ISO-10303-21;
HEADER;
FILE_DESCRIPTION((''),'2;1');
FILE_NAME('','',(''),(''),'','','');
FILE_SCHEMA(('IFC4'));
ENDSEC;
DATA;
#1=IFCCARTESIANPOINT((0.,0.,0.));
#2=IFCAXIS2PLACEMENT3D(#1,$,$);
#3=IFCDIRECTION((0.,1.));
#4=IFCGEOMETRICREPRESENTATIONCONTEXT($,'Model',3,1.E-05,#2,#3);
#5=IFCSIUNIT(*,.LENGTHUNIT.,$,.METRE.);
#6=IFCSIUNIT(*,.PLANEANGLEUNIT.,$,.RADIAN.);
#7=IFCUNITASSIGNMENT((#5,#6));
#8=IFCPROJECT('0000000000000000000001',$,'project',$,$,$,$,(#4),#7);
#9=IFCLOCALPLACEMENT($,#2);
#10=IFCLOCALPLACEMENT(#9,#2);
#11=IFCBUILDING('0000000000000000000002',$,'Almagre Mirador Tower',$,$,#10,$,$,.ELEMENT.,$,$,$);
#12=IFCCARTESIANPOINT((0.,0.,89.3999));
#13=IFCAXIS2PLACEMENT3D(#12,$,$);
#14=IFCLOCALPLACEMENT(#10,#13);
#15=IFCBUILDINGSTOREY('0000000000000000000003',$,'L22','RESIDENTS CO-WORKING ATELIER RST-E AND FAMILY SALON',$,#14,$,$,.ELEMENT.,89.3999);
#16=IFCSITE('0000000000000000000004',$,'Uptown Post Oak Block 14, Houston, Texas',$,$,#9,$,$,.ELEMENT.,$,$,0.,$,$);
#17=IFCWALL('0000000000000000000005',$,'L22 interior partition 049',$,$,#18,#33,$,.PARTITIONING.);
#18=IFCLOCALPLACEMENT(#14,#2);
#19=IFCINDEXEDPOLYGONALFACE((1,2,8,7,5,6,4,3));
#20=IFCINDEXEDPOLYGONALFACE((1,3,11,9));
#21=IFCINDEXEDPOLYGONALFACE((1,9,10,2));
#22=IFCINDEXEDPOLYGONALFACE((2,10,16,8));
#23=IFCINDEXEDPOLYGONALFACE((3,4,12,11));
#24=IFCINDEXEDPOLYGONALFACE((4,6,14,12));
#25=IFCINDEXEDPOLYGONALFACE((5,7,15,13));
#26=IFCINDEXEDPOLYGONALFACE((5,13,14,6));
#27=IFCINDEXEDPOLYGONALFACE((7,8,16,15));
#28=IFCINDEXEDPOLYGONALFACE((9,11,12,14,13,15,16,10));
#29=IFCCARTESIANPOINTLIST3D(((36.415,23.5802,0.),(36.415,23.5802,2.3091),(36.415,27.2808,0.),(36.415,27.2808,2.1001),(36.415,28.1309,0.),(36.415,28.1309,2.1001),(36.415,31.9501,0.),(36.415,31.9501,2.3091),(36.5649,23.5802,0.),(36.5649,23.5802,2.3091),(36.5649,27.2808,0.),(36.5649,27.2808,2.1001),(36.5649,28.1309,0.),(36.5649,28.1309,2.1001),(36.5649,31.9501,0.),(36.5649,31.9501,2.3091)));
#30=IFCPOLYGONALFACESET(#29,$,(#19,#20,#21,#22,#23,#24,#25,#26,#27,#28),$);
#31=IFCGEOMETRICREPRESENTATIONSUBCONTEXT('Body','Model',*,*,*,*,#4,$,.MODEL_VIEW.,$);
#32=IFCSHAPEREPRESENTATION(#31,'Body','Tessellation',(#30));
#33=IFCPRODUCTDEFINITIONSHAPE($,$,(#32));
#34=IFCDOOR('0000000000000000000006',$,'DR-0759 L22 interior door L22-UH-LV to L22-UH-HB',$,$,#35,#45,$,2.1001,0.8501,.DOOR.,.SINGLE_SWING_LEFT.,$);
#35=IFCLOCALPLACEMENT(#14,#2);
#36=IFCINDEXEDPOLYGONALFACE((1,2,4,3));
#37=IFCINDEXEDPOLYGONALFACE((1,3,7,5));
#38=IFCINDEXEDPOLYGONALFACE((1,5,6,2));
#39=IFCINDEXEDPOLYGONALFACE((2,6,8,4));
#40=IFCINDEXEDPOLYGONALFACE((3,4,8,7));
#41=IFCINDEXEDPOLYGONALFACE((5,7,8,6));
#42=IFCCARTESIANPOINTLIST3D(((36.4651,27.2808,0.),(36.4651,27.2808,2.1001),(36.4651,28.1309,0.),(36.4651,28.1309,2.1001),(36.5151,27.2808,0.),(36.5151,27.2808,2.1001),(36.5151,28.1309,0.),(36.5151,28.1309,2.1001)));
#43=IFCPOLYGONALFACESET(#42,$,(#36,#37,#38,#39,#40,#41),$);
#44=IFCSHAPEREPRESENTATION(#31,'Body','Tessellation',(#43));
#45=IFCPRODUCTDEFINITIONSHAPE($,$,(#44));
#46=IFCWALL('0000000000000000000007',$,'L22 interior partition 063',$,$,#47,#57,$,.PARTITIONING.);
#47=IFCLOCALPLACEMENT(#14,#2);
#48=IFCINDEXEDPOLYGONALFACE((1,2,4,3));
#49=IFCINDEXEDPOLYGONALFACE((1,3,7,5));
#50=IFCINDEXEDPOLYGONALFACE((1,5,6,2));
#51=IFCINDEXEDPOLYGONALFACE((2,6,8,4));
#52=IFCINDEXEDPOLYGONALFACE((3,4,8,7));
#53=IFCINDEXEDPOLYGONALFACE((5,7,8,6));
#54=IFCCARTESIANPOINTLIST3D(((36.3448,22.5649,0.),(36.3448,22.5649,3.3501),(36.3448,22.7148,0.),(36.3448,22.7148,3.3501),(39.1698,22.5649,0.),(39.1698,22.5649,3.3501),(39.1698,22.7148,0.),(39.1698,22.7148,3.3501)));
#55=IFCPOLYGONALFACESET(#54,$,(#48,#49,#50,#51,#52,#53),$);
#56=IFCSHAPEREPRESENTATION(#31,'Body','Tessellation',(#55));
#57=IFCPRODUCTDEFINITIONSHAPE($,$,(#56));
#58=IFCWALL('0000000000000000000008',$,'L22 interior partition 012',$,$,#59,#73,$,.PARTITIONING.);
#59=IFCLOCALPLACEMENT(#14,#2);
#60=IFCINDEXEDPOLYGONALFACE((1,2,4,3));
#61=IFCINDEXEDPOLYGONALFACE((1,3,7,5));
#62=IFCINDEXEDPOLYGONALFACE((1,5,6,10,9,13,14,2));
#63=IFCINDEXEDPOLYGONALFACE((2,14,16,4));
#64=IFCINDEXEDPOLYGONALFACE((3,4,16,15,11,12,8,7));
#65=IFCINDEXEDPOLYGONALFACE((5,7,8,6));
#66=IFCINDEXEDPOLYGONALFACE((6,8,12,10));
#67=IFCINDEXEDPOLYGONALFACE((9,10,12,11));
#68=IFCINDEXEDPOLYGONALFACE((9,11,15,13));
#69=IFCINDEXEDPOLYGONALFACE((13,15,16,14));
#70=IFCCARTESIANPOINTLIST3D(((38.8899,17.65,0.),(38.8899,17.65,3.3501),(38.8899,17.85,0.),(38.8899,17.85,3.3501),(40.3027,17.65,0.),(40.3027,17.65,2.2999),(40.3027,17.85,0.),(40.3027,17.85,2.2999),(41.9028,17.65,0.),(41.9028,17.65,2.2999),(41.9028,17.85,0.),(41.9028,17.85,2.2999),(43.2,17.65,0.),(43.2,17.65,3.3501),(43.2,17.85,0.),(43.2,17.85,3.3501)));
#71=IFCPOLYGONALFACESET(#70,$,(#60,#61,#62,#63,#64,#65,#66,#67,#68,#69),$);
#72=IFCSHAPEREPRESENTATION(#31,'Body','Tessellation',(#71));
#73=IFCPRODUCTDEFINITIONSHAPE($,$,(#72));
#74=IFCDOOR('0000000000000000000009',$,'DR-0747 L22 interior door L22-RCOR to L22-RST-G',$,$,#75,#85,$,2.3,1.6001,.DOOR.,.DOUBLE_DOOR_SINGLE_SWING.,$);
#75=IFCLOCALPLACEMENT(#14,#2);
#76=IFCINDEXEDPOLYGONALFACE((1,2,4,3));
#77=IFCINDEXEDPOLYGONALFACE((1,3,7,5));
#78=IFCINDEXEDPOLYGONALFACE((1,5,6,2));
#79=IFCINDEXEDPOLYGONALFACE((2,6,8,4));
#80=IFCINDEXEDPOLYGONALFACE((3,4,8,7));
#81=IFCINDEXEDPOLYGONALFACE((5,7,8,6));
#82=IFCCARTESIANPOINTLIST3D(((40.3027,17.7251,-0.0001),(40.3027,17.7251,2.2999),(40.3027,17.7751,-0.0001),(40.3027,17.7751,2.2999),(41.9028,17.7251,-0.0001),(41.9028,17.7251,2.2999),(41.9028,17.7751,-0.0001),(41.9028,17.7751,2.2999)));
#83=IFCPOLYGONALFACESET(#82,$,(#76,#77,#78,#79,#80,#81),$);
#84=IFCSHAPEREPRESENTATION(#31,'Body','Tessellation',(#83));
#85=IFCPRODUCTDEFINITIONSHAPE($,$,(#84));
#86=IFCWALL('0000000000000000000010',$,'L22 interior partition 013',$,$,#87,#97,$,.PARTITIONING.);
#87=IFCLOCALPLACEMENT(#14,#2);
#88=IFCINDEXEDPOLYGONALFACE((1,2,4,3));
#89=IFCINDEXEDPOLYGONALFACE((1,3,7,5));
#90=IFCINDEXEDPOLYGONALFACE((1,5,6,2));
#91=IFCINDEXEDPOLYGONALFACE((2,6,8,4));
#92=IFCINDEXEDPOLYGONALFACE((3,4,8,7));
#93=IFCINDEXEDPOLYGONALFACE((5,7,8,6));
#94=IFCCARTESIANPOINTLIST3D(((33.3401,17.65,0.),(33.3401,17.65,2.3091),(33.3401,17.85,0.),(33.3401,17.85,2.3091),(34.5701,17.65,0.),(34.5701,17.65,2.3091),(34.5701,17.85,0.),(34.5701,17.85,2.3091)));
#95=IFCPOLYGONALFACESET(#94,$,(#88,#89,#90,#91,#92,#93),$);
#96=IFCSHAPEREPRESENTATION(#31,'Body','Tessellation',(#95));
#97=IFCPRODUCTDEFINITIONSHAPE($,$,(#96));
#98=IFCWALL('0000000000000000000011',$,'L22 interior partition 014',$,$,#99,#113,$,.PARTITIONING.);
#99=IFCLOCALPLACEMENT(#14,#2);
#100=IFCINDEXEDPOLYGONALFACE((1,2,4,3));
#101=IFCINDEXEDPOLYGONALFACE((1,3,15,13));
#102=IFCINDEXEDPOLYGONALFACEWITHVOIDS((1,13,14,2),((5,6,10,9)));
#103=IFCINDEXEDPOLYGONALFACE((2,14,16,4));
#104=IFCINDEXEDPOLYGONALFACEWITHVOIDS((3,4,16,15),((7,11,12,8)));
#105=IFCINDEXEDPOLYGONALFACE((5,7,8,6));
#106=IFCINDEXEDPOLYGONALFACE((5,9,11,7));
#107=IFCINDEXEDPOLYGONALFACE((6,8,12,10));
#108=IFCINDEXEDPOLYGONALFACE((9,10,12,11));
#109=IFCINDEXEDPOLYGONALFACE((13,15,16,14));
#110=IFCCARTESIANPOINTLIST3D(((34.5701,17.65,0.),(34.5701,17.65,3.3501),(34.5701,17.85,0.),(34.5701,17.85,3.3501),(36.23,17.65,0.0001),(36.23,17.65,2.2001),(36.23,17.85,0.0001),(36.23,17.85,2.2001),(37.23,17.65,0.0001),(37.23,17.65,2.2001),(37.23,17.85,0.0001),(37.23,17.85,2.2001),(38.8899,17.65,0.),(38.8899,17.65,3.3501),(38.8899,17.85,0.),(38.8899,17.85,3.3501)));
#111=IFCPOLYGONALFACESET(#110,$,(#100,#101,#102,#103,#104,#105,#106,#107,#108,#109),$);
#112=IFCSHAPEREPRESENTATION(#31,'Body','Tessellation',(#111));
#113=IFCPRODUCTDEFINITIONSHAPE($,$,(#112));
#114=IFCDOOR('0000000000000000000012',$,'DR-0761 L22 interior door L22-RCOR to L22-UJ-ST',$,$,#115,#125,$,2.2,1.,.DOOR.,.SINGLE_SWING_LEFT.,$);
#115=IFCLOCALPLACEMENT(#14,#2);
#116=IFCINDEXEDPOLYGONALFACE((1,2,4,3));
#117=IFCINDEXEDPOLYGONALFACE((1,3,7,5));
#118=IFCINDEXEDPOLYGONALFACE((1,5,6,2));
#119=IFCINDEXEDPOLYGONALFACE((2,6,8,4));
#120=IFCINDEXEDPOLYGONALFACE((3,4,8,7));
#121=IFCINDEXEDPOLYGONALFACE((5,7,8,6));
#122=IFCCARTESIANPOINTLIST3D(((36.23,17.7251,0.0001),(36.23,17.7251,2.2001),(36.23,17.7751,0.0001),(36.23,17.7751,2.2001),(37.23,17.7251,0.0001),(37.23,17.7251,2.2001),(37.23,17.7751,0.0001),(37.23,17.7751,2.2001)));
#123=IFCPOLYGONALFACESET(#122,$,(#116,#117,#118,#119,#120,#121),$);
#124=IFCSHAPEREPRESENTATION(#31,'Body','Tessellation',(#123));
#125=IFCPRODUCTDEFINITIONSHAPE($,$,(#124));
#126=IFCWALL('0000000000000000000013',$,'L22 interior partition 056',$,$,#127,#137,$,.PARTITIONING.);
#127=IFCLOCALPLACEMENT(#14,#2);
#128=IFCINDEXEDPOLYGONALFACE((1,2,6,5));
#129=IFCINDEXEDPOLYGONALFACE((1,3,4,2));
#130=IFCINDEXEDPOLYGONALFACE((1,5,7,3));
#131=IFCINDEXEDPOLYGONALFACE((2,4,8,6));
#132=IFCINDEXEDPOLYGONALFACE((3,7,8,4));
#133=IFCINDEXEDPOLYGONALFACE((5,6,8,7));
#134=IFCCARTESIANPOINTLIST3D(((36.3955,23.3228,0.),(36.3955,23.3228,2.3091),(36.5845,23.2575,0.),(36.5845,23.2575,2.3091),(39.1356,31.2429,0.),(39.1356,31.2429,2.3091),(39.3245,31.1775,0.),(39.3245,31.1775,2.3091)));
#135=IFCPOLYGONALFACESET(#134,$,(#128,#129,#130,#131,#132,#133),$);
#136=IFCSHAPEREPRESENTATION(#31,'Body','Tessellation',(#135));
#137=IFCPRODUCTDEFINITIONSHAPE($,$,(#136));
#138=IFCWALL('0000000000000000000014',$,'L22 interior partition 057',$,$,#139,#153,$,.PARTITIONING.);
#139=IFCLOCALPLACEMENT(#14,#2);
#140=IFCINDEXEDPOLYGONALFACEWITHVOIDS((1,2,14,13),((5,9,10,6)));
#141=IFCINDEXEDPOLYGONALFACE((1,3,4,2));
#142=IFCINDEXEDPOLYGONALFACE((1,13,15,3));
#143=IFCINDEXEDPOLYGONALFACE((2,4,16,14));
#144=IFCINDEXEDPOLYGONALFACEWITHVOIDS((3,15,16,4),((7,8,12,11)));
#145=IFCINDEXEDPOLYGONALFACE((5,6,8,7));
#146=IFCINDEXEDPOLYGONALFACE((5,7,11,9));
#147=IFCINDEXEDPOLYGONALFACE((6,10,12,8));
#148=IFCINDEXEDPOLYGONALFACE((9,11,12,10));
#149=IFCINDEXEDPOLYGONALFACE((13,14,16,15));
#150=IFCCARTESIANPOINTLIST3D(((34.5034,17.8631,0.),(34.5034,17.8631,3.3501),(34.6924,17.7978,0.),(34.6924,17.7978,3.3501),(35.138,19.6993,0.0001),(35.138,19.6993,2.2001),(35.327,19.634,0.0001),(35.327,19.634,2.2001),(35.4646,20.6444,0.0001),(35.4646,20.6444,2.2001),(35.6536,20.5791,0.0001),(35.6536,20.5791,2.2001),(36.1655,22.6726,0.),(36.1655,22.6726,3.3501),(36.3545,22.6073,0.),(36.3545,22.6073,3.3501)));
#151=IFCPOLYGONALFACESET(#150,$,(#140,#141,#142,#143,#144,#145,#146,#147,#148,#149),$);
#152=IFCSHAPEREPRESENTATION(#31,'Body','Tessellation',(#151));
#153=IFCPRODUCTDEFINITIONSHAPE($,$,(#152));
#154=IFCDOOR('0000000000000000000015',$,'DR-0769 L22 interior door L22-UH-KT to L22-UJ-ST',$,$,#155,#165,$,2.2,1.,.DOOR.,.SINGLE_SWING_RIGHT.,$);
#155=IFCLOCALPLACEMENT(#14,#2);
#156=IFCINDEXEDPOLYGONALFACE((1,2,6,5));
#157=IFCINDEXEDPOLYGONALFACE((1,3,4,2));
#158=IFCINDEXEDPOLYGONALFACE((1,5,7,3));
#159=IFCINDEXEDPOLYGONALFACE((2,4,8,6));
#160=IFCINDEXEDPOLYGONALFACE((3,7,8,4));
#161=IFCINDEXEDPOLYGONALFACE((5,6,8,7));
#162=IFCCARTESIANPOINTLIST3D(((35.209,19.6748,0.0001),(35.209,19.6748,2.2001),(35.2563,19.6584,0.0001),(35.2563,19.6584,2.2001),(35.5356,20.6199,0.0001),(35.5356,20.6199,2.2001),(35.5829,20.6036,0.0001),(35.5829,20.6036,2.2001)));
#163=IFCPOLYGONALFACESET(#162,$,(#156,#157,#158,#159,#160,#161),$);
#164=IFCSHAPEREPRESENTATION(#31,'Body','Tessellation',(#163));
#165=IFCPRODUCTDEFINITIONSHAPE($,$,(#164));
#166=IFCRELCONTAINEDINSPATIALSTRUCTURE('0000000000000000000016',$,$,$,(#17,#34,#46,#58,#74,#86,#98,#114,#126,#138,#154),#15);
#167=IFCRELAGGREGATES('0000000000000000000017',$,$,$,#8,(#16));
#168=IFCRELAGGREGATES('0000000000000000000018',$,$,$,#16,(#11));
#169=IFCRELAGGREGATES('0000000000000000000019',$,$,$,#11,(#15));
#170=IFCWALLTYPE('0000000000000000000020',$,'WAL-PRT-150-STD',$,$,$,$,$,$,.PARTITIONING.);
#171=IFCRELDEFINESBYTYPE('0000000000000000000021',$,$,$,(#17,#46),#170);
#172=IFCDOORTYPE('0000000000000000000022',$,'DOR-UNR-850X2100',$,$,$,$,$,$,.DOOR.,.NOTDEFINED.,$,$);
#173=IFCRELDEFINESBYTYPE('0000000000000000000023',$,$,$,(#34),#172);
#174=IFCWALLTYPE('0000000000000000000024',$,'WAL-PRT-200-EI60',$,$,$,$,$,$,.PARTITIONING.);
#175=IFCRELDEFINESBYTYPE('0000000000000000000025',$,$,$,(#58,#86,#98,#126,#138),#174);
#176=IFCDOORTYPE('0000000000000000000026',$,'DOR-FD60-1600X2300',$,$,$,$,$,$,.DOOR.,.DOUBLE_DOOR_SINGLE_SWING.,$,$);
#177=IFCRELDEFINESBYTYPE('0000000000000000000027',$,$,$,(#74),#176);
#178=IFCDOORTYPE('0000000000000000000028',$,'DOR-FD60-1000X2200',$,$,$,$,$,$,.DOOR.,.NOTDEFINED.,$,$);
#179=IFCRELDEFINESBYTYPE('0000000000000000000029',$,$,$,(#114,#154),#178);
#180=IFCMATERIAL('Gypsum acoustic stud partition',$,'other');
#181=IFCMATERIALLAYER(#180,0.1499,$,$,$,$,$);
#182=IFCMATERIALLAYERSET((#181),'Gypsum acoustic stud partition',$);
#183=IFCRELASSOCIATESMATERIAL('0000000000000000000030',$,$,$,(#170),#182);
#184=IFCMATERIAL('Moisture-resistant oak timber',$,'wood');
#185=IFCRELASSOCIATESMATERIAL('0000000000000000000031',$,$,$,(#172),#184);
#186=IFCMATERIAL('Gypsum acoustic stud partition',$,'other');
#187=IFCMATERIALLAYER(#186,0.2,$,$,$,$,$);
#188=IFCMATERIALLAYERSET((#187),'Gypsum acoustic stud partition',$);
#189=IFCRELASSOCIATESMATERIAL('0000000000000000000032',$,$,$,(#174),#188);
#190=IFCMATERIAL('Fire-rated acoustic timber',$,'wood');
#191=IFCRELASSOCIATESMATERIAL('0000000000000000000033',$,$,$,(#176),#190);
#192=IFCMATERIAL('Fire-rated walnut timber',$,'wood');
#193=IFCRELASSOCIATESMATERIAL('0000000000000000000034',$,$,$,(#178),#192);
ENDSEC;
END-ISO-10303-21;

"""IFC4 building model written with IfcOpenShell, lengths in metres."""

from ifc_helpers import new_model, si_unit, direction, frame, frame_2d, origin, place, context, subcontext, project, spatial, rectangle, extrude, material, layer, layer_set, type_object, element, fill, save


model = new_model("IFC4")

# Units and contexts
model_context = context("Model", 3, precision=1e-05, world=origin(), true_north=direction((0.0, 1.0)))
body_context = subcontext(model_context, "Body", "Model", "MODEL_VIEW")
ifc_project = project(units=[si_unit("LENGTHUNIT", "METRE"), si_unit("PLANEANGLEUNIT", "RADIAN")], contexts=[model_context])

# Site, building, storey
site_placement = place(None, origin())
site = spatial("IfcSite", under=ifc_project, at=site_placement, Name="Uptown Post Oak Block 14, Houston, Texas", CompositionType="ELEMENT", RefElevation=0.0)
building_placement = place(site_placement, origin())
building = spatial("IfcBuilding", under=site, at=building_placement, Name="Almagre Mirador Tower", CompositionType="ELEMENT")
storey_placement = place(building_placement, frame((0.0, 0.0, 89.3999)))
storey = spatial("IfcBuildingStorey", under=building, at=storey_placement, Name="L22", Description="RESIDENTS CO-WORKING ATELIER RST-E AND FAMILY SALON", CompositionType="ELEMENT", Elevation=89.3999)

# Wall, opening, door
ifc_material_1 = material(Name="Gypsum acoustic stud partition", Category="other")
ifc_layer_1 = layer(ifc_material_1, 0.1499)
ifc_layer_set_1 = layer_set([ifc_layer_1], Name="Gypsum acoustic stud partition")
wall_type_1 = type_object("IfcWallType", Name="WAL-PRT-150-STD", PredefinedType="PARTITIONING", material=ifc_layer_set_1)
wall_1_placement = place(storey_placement, frame((36.49, 23.5801, 0.0), z_axis=(0.0, 0.0, 1.0), x_axis=(0.0, 1.0, 0.0)))
wall_1 = element("IfcWall", 1, at=wall_1_placement, inside=storey, type_object=wall_type_1, Name="L22 interior partition 049", PredefinedType="PARTITIONING", context=body_context, shape_type="SweptSolid", body=[
    extrude(rectangle(XDim=8.3699, YDim=0.1499, at=frame_2d((4.1851, 0.0))), origin(), (0.0, 0.0, 1.0), 2.3091),
])
opening_1_placement = place(wall_1_placement, frame((3.7007, 0.0, 0.0)))
opening_1 = element("IfcOpeningElement", 2, at=opening_1_placement, cuts=wall_1, PredefinedType="OPENING", context=body_context, shape_type="SweptSolid", body=[
    extrude(rectangle(XDim=0.8501, YDim=2.1001, at=frame_2d((0.425, 1.05))), frame((0.0, 0.085, 0.0), z_axis=(0.0, -1.0, 0.0), x_axis=(1.0, 0.0, 0.0)), (0.0, 0.0, 1.0), 0.1699),
])
ifc_material_2 = material(Name="Moisture-resistant oak timber", Category="wood")
door_type_1 = type_object("IfcDoorType", Name="DOR-UNR-850X2100", OperationType="NOTDEFINED", PredefinedType="DOOR", material=ifc_material_2)
door_1_placement = place(opening_1_placement, origin())
door_1 = element("IfcDoor", 3, at=door_1_placement, inside=storey, type_object=door_type_1, Name="DR-0759 L22 interior door L22-UH-LV to L22-UH-HB", OperationType="SINGLE_SWING_LEFT", OverallHeight=2.1001, OverallWidth=0.8501, PredefinedType="DOOR", context=body_context, shape_type="SweptSolid", body=[
    extrude(rectangle(XDim=0.8501, YDim=2.1001, at=frame_2d((0.425, 1.05))), frame((0.0, 0.0249, 0.0), z_axis=(0.0, -1.0, 0.0), x_axis=(1.0, 0.0, 0.0)), (0.0, 0.0, 1.0), 0.05),
])
fill(opening_1, door_1)

# Wall
wall_2_placement = place(storey_placement, frame((39.1699, 22.6399, 0.0), z_axis=(0.0, 0.0, 1.0), x_axis=(-1.0, 0.0, 0.0)))
element("IfcWall", 4, at=wall_2_placement, inside=storey, type_object=wall_type_1, Name="L22 interior partition 063", PredefinedType="PARTITIONING", context=body_context, shape_type="SweptSolid", body=[
    extrude(rectangle(XDim=2.825, YDim=0.1499, at=frame_2d((1.4126, 0.0))), origin(), (0.0, 0.0, 1.0), 3.3501),
])

# Wall, opening, door
ifc_material_3 = material(Name="Gypsum acoustic stud partition", Category="other")
ifc_layer_2 = layer(ifc_material_3, 0.2)
ifc_layer_set_2 = layer_set([ifc_layer_2], Name="Gypsum acoustic stud partition")
wall_type_2 = type_object("IfcWallType", Name="WAL-PRT-200-EI60", PredefinedType="PARTITIONING", material=ifc_layer_set_2)
wall_3_placement = place(storey_placement, frame((43.2, 17.75, 0.0), z_axis=(0.0, 0.0, 1.0), x_axis=(-1.0, 0.0, 0.0)))
wall_3 = element("IfcWall", 5, at=wall_3_placement, inside=storey, type_object=wall_type_2, Name="L22 interior partition 012", PredefinedType="PARTITIONING", context=body_context, shape_type="SweptSolid", body=[
    extrude(rectangle(XDim=4.3101, YDim=0.2, at=frame_2d((2.155, 0.0))), origin(), (0.0, 0.0, 1.0), 3.3501),
])
opening_2_placement = place(wall_3_placement, frame((1.2971, 0.0, 0.0)))
opening_2 = element("IfcOpeningElement", 6, at=opening_2_placement, cuts=wall_3, PredefinedType="OPENING", context=body_context, shape_type="SweptSolid", body=[
    extrude(rectangle(XDim=1.6001, YDim=2.3, at=frame_2d((0.8, 1.1499))), frame((0.0, 0.1101, 0.0), z_axis=(0.0, -1.0, 0.0), x_axis=(1.0, 0.0, 0.0)), (0.0, 0.0, 1.0), 0.22),
])
ifc_material_4 = material(Name="Fire-rated acoustic timber", Category="wood")
door_type_2 = type_object("IfcDoorType", Name="DOR-FD60-1600X2300", OperationType="DOUBLE_DOOR_SINGLE_SWING", PredefinedType="DOOR", material=ifc_material_4)
door_2_placement = place(opening_2_placement, origin())
door_2 = element("IfcDoor", 7, at=door_2_placement, inside=storey, type_object=door_type_2, Name="DR-0747 L22 interior door L22-RCOR to L22-RST-G", OperationType="DOUBLE_DOOR_SINGLE_SWING", OverallHeight=2.3, OverallWidth=1.6001, PredefinedType="DOOR", context=body_context, shape_type="SweptSolid", body=[
    extrude(rectangle(XDim=1.6001, YDim=2.3, at=frame_2d((0.8, 1.1499))), frame((0.0, 0.0249, 0.0), z_axis=(0.0, -1.0, 0.0), x_axis=(1.0, 0.0, 0.0)), (0.0, 0.0, 1.0), 0.05),
])
fill(opening_2, door_2)

# Wall
wall_4_placement = place(storey_placement, frame((34.5701, 17.75, 0.0), z_axis=(0.0, 0.0, 1.0), x_axis=(-1.0, 0.0, 0.0)))
element("IfcWall", 8, at=wall_4_placement, inside=storey, type_object=wall_type_2, Name="L22 interior partition 013", PredefinedType="PARTITIONING", context=body_context, shape_type="SweptSolid", body=[
    extrude(rectangle(XDim=1.23, YDim=0.2, at=frame_2d((0.615, 0.0))), origin(), (0.0, 0.0, 1.0), 2.3091),
])

# Wall, opening, door
wall_5_placement = place(storey_placement, frame((38.8899, 17.75, 0.0), z_axis=(0.0, 0.0, 1.0), x_axis=(-1.0, 0.0, 0.0)))
wall_5 = element("IfcWall", 9, at=wall_5_placement, inside=storey, type_object=wall_type_2, Name="L22 interior partition 014", PredefinedType="PARTITIONING", context=body_context, shape_type="SweptSolid", body=[
    extrude(rectangle(XDim=4.3198, YDim=0.2, at=frame_2d((2.1599, 0.0))), origin(), (0.0, 0.0, 1.0), 3.3501),
])
opening_3_placement = place(wall_5_placement, frame((1.6599, 0.0, 0.0)))
opening_3 = element("IfcOpeningElement", 10, at=opening_3_placement, cuts=wall_5, PredefinedType="OPENING", context=body_context, shape_type="SweptSolid", body=[
    extrude(rectangle(XDim=1.0, YDim=2.2, at=frame_2d((0.5, 1.1001))), frame((0.0, 0.1101, 0.0), z_axis=(0.0, -1.0, 0.0), x_axis=(1.0, 0.0, 0.0)), (0.0, 0.0, 1.0), 0.22),
])
ifc_material_5 = material(Name="Fire-rated walnut timber", Category="wood")
door_type_3 = type_object("IfcDoorType", Name="DOR-FD60-1000X2200", OperationType="NOTDEFINED", PredefinedType="DOOR", material=ifc_material_5)
door_3_placement = place(opening_3_placement, origin())
door_3 = element("IfcDoor", 11, at=door_3_placement, inside=storey, type_object=door_type_3, Name="DR-0761 L22 interior door L22-RCOR to L22-UJ-ST", OperationType="SINGLE_SWING_LEFT", OverallHeight=2.2, OverallWidth=1.0, PredefinedType="DOOR", context=body_context, shape_type="SweptSolid", body=[
    extrude(rectangle(XDim=1.0, YDim=2.2, at=frame_2d((0.5, 1.1001))), frame((0.0, 0.0249, 0.0), z_axis=(0.0, -1.0, 0.0), x_axis=(1.0, 0.0, 0.0)), (0.0, 0.0, 1.0), 0.05),
])
fill(opening_3, door_3)

# Wall
wall_6_placement = place(storey_placement, frame((36.49, 23.29, 0.0), z_axis=(0.0, 0.0, 1.0), x_axis=(0.326948, 0.945042, 0.0)))
element("IfcWall", 12, at=wall_6_placement, inside=storey, type_object=wall_type_2, Name="L22 interior partition 056", PredefinedType="PARTITIONING", context=body_context, shape_type="SweptSolid", body=[
    extrude(rectangle(XDim=8.3806, YDim=0.2, at=frame_2d((4.1904, 0.0))), origin(), (0.0, 0.0, 1.0), 2.3091),
])

# Wall, opening, door
wall_7_placement = place(storey_placement, frame((34.5979, 17.8303, 0.0), z_axis=(0.0, 0.0, 1.0), x_axis=(0.326629, 0.945153, 0.0)))
wall_7 = element("IfcWall", 13, at=wall_7_placement, inside=storey, type_object=wall_type_2, Name="L22 interior partition 057", PredefinedType="PARTITIONING", context=body_context, shape_type="SweptSolid", body=[
    extrude(rectangle(XDim=5.0886, YDim=0.2, at=frame_2d((2.5444, 0.0))), origin(), (0.0, 0.0, 1.0), 3.3501),
])
opening_4_placement = place(wall_7_placement, frame((1.9429, 0.0, 0.0)))
opening_4 = element("IfcOpeningElement", 14, at=opening_4_placement, cuts=wall_7, PredefinedType="OPENING", context=body_context, shape_type="SweptSolid", body=[
    extrude(rectangle(XDim=1.0, YDim=2.2, at=frame_2d((0.5, 1.1001))), frame((0.0, 0.1101, 0.0), z_axis=(0.0, -1.0, 0.0), x_axis=(1.0, 0.0, 0.0)), (0.0, 0.0, 1.0), 0.22),
])
door_4_placement = place(opening_4_placement, origin())
door_4 = element("IfcDoor", 15, at=door_4_placement, inside=storey, type_object=door_type_3, Name="DR-0769 L22 interior door L22-UH-KT to L22-UJ-ST", OperationType="SINGLE_SWING_RIGHT", OverallHeight=2.2, OverallWidth=1.0, PredefinedType="DOOR", context=body_context, shape_type="SweptSolid", body=[
    extrude(rectangle(XDim=1.0, YDim=2.2, at=frame_2d((0.5, 1.1001))), frame((0.0, 0.0249, 0.0), z_axis=(0.0, -1.0, 0.0), x_axis=(1.0, 0.0, 0.0)), (0.0, 0.0, 1.0), 0.05),
])
fill(opening_4, door_4)

save(model, "model.ifc")
